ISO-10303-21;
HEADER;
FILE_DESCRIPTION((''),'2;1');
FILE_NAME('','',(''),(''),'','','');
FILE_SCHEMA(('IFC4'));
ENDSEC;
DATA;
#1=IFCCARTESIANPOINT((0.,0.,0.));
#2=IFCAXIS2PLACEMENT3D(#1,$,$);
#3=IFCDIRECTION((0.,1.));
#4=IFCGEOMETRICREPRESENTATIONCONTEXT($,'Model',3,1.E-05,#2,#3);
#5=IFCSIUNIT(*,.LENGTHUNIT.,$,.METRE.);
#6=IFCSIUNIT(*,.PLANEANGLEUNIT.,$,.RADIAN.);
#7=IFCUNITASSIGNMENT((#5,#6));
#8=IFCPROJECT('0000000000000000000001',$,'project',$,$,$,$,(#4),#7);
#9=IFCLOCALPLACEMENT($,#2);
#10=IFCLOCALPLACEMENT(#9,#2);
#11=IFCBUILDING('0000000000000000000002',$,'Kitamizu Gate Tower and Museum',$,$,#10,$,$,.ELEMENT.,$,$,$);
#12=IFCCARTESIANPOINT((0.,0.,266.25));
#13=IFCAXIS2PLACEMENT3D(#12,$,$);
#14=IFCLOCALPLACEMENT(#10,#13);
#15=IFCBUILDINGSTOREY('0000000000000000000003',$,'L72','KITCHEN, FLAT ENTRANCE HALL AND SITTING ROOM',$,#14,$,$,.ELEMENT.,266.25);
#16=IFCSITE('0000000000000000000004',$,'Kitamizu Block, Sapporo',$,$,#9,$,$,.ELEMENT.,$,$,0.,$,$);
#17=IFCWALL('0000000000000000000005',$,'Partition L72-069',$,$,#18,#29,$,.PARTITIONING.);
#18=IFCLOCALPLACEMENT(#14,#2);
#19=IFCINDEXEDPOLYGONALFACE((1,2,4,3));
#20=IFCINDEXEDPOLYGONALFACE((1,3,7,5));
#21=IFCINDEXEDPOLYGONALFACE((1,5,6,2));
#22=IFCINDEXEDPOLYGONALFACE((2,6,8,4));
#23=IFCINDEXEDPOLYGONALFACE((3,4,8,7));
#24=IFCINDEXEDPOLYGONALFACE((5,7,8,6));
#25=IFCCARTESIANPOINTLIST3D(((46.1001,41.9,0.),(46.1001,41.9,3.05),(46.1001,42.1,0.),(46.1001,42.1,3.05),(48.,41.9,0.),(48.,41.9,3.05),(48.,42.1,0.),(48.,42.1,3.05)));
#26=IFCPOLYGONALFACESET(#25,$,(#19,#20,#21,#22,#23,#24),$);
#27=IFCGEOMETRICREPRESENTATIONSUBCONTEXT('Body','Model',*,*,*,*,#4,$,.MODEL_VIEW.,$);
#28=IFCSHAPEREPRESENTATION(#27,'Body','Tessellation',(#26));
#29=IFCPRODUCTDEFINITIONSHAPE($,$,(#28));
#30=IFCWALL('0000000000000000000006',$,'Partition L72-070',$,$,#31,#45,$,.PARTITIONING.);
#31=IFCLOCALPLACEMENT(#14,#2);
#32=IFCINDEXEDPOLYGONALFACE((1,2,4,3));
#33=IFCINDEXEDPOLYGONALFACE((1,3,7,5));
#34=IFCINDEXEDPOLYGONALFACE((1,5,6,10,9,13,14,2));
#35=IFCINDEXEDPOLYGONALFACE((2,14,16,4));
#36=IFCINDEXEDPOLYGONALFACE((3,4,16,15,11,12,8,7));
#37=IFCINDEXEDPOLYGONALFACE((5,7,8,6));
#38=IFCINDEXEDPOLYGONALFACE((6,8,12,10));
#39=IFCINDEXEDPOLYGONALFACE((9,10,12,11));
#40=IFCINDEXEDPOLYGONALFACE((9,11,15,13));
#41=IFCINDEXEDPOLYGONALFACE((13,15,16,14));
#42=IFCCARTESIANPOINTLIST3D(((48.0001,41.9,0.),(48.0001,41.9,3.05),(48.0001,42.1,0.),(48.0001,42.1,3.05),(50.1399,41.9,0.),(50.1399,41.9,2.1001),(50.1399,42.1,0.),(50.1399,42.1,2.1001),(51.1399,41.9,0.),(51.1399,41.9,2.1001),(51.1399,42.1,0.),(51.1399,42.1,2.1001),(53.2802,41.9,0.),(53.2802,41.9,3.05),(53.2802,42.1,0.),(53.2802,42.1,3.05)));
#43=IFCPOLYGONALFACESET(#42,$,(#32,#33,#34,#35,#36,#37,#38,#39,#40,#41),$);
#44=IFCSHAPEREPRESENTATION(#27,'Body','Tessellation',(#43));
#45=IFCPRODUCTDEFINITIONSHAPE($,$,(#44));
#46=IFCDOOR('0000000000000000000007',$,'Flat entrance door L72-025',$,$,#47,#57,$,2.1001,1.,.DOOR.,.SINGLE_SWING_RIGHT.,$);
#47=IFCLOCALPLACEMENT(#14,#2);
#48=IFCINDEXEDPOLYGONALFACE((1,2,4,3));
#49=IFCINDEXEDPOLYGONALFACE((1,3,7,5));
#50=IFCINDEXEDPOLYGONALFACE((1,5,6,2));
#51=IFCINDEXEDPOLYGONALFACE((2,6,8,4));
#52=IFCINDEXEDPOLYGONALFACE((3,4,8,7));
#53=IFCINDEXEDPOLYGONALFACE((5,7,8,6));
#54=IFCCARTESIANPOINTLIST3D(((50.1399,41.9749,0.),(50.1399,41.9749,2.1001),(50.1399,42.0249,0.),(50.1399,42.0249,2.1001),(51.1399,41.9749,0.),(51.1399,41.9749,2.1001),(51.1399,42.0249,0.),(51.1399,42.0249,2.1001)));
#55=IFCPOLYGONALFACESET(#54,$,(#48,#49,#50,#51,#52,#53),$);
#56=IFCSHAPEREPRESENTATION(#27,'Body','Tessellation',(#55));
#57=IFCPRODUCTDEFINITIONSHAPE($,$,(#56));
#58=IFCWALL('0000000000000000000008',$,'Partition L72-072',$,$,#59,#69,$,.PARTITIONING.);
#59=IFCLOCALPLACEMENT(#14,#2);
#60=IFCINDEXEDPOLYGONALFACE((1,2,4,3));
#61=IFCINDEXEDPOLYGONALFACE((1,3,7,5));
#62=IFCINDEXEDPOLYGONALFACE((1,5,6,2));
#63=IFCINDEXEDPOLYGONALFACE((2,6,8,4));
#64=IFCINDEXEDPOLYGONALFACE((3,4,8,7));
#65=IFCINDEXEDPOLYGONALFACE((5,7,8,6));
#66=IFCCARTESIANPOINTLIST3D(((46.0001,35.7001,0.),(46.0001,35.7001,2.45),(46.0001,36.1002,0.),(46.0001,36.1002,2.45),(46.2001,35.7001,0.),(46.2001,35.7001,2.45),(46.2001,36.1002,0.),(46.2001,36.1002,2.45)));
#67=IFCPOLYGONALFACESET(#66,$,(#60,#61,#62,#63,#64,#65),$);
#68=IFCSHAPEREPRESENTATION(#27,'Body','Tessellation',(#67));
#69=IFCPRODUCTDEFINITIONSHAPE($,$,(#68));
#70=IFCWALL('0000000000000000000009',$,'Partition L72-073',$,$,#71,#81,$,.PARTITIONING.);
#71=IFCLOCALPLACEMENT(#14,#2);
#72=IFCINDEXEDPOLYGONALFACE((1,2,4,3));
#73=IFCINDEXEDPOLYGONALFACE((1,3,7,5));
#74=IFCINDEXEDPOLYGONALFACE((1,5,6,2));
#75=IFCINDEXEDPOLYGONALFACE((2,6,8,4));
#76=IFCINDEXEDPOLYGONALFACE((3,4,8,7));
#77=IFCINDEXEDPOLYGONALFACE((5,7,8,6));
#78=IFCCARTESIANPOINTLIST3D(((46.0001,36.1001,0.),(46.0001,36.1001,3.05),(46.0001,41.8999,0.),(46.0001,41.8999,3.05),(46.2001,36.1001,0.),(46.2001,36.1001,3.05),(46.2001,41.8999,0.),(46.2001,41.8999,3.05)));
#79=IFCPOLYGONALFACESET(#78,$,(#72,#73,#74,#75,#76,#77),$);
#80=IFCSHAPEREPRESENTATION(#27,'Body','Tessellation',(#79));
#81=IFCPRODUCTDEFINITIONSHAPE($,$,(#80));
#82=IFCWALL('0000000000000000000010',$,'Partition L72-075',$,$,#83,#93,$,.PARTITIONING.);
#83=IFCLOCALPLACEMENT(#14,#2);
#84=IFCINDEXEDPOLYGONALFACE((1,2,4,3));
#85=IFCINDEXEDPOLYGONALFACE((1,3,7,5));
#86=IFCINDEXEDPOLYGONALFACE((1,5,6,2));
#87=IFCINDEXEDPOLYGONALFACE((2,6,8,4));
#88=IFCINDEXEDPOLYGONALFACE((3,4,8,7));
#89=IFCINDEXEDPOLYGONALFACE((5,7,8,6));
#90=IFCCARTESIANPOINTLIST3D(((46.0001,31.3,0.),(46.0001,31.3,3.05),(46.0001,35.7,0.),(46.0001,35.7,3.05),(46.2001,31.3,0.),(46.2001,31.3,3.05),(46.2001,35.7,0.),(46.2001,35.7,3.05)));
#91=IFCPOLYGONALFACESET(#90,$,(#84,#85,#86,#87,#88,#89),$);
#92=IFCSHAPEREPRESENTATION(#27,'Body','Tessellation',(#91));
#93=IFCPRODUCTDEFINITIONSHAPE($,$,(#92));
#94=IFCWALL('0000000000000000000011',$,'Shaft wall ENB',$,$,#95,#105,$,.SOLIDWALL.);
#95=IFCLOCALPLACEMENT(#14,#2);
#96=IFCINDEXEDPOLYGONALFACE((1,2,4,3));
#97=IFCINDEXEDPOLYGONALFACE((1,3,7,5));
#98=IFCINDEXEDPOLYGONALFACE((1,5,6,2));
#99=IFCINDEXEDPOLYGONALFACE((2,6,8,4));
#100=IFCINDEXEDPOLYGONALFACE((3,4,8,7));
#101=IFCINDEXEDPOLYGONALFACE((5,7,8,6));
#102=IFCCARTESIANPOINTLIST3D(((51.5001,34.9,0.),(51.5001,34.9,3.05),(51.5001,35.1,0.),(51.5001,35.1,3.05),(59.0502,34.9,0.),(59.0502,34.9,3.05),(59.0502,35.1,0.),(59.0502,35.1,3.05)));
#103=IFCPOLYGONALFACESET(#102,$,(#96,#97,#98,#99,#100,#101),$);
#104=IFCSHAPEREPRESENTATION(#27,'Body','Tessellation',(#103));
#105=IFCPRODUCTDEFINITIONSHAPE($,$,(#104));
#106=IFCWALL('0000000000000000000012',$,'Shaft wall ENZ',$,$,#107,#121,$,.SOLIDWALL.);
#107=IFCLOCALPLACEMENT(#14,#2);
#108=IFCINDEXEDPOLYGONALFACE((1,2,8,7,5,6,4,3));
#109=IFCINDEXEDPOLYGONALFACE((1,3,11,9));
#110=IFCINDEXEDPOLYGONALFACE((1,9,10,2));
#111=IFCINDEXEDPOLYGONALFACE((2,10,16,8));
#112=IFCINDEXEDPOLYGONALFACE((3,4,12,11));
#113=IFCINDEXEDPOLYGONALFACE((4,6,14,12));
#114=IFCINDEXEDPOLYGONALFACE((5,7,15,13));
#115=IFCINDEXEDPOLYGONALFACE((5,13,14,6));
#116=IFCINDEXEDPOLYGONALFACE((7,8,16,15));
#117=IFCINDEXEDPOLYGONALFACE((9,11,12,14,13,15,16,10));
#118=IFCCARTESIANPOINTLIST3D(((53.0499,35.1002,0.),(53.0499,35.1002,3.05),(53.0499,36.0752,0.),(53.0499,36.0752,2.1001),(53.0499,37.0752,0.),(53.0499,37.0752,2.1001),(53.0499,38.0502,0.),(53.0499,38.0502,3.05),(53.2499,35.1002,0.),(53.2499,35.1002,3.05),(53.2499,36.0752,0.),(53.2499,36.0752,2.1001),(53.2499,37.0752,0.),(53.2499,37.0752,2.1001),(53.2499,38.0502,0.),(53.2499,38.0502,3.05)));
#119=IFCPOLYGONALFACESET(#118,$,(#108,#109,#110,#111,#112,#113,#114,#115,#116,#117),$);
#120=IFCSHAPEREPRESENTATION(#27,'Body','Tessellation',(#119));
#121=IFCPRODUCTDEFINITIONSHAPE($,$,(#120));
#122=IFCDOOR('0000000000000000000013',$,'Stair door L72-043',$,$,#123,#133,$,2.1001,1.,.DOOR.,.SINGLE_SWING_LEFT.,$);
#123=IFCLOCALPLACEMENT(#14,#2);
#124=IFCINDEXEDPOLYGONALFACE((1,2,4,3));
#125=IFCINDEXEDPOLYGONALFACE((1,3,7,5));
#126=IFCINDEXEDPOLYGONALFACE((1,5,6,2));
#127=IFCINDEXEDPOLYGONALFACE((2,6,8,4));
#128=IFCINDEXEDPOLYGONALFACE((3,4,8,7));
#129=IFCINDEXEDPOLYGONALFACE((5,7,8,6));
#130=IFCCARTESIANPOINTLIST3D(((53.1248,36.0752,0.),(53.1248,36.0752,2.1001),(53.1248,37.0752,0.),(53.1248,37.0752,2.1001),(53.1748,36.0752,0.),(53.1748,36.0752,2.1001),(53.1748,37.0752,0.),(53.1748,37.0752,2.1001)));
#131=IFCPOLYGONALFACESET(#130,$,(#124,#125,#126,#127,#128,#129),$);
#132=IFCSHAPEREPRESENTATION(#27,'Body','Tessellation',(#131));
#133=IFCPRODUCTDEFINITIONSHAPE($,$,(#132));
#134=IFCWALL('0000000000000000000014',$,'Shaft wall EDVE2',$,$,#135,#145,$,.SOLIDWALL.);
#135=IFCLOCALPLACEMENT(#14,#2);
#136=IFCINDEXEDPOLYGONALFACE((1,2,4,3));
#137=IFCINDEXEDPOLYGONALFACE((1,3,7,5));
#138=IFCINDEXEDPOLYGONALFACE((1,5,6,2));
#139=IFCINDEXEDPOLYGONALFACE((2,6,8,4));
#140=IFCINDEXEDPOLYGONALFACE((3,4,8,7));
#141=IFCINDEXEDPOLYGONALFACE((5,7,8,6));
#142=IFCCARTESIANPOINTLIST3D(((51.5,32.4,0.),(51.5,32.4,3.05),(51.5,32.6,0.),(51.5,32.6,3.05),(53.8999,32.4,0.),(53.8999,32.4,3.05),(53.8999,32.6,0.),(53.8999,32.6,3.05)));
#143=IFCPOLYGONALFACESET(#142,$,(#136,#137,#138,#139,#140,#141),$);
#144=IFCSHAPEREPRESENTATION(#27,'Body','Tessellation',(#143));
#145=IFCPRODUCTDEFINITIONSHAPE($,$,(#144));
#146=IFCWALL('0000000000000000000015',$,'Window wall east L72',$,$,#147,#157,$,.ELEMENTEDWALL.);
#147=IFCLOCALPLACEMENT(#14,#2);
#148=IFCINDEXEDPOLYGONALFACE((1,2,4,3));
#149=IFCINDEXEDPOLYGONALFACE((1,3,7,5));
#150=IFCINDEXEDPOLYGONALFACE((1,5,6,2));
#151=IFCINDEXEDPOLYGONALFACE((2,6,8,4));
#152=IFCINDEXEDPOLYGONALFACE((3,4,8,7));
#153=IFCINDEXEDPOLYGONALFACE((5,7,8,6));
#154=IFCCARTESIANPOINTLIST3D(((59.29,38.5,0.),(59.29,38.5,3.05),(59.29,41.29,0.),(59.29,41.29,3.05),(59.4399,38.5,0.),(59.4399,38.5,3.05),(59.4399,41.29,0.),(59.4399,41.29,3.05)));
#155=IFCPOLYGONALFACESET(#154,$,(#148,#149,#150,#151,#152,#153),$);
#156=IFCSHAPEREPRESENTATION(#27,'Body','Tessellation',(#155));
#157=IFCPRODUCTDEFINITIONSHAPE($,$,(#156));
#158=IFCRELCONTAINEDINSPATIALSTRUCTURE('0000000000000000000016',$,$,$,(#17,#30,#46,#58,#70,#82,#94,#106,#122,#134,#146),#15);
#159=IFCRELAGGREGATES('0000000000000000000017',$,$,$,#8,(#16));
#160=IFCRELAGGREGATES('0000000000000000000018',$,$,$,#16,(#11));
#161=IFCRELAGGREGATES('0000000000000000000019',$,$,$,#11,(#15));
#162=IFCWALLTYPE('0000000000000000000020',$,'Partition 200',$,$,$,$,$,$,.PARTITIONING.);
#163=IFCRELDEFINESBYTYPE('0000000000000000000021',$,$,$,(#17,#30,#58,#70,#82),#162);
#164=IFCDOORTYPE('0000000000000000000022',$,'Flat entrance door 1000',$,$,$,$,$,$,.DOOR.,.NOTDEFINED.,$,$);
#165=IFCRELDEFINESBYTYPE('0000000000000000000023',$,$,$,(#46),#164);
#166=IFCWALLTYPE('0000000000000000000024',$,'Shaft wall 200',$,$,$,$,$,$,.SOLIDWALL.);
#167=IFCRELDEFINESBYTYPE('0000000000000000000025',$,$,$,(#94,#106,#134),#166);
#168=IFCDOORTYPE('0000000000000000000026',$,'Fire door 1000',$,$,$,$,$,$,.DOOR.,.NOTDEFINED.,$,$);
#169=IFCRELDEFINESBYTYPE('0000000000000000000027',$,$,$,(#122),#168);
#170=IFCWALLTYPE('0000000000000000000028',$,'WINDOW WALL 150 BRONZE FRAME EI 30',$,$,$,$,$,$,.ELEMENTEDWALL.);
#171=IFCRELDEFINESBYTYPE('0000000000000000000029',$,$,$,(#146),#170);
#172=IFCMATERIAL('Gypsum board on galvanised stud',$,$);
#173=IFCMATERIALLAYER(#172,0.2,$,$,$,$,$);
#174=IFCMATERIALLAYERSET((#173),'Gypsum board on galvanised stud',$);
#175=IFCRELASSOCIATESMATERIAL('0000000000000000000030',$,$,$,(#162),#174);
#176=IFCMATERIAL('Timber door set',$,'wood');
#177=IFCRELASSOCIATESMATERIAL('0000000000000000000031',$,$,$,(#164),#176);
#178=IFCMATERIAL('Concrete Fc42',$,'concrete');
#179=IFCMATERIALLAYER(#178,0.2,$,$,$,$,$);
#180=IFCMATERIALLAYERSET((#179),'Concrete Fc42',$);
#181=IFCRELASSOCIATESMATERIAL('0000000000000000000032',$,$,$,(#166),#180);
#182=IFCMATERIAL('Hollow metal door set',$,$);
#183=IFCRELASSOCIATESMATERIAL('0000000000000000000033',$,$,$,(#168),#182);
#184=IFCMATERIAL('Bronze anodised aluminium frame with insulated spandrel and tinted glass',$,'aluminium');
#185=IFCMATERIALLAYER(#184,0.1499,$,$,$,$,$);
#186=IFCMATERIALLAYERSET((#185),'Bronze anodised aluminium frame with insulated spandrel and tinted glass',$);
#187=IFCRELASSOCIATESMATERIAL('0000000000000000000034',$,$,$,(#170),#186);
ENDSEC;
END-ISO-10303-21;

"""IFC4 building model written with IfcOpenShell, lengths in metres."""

from ifc_helpers import new_model, si_unit, direction, frame, frame_2d, origin, place, context, subcontext, project, spatial, rectangle, extrude, material, layer, layer_set, type_object, element, fill, save


model = new_model("IFC4")

# Units and contexts
model_context = context("Model", 3, precision=1e-05, world=origin(), true_north=direction((0.0, 1.0)))
body_context = subcontext(model_context, "Body", "Model", "MODEL_VIEW")
ifc_project = project(units=[si_unit("LENGTHUNIT", "METRE"), si_unit("PLANEANGLEUNIT", "RADIAN")], contexts=[model_context])

# Site, building, storey
site_placement = place(None, origin())
site = spatial("IfcSite", under=ifc_project, at=site_placement, Name="Kitamizu Block, Sapporo", CompositionType="ELEMENT", RefElevation=0.0)
building_placement = place(site_placement, origin())
building = spatial("IfcBuilding", under=site, at=building_placement, Name="Kitamizu Gate Tower and Museum", CompositionType="ELEMENT")
storey_placement = place(building_placement, frame((0.0, 0.0, 266.25)))
storey = spatial("IfcBuildingStorey", under=building, at=storey_placement, Name="L72", Description="KITCHEN, FLAT ENTRANCE HALL AND SITTING ROOM", CompositionType="ELEMENT", Elevation=266.25)

# Wall
ifc_material_1 = material(Name="Gypsum board on galvanised stud")
ifc_layer_1 = layer(ifc_material_1, 0.2)
ifc_layer_set_1 = layer_set([ifc_layer_1], Name="Gypsum board on galvanised stud")
wall_type_1 = type_object("IfcWallType", Name="Partition 200", PredefinedType="PARTITIONING", material=ifc_layer_set_1)
wall_1_placement = place(storey_placement, frame((46.1001, 42.0, 0.0), z_axis=(0.0, 0.0, 1.0), x_axis=(1.0, 0.0, 0.0)))
element("IfcWall", 1, at=wall_1_placement, inside=storey, type_object=wall_type_1, Name="Partition L72-069", PredefinedType="PARTITIONING", context=body_context, shape_type="SweptSolid", body=[
    extrude(rectangle(XDim=1.8999, YDim=0.2, at=frame_2d((0.95, 0.0))), origin(), (0.0, 0.0, 1.0), 3.05),
])

# Wall, opening, door
wall_2_placement = place(storey_placement, frame((48.0, 42.0, 0.0), z_axis=(0.0, 0.0, 1.0), x_axis=(1.0, 0.0, 0.0)))
wall_2 = element("IfcWall", 2, at=wall_2_placement, inside=storey, type_object=wall_type_1, Name="Partition L72-070", PredefinedType="PARTITIONING", context=body_context, shape_type="SweptSolid", body=[
    extrude(rectangle(XDim=5.28, YDim=0.2, at=frame_2d((2.6401, 0.0))), origin(), (0.0, 0.0, 1.0), 3.05),
])
opening_1_placement = place(wall_2_placement, frame((2.1399, 0.0, 0.0)))
opening_1 = element("IfcOpeningElement", 3, at=opening_1_placement, cuts=wall_2, PredefinedType="OPENING", context=body_context, shape_type="SweptSolid", body=[
    extrude(rectangle(XDim=1.0, YDim=2.1001, at=frame_2d((0.5, 1.05))), frame((0.0, 0.1099, 0.0), z_axis=(0.0, -1.0, 0.0), x_axis=(1.0, 0.0, 0.0)), (0.0, 0.0, 1.0), 0.22),
])
ifc_material_2 = material(Name="Timber door set", Category="wood")
door_type_1 = type_object("IfcDoorType", Name="Flat entrance door 1000", OperationType="NOTDEFINED", PredefinedType="DOOR", material=ifc_material_2)
door_1_placement = place(opening_1_placement, origin())
door_1 = element("IfcDoor", 4, at=door_1_placement, inside=storey, type_object=door_type_1, Name="Flat entrance door L72-025", OperationType="SINGLE_SWING_RIGHT", OverallHeight=2.1001, OverallWidth=1.0, PredefinedType="DOOR", context=body_context, shape_type="SweptSolid", body=[
    extrude(rectangle(XDim=1.0, YDim=2.1001, at=frame_2d((0.5, 1.05))), frame((0.0, 0.0249, 0.0), z_axis=(0.0, -1.0, 0.0), x_axis=(1.0, 0.0, 0.0)), (0.0, 0.0, 1.0), 0.05),
])
fill(opening_1, door_1)

# Walls
wall_3_placement = place(storey_placement, frame((46.1001, 35.7, 0.0), z_axis=(0.0, 0.0, 1.0), x_axis=(0.0, 1.0, 0.0)))
element("IfcWall", 5, at=wall_3_placement, inside=storey, type_object=wall_type_1, Name="Partition L72-072", PredefinedType="PARTITIONING", context=body_context, shape_type="SweptSolid", body=[
    extrude(rectangle(XDim=0.4001, YDim=0.2, at=frame_2d((0.2002, 0.0))), origin(), (0.0, 0.0, 1.0), 2.45),
])
wall_4_placement = place(storey_placement, frame((46.1001, 36.1001, 0.0), z_axis=(0.0, 0.0, 1.0), x_axis=(0.0, 1.0, 0.0)))
element("IfcWall", 6, at=wall_4_placement, inside=storey, type_object=wall_type_1, Name="Partition L72-073", PredefinedType="PARTITIONING", context=body_context, shape_type="SweptSolid", body=[
    extrude(rectangle(XDim=5.7998, YDim=0.2, at=frame_2d((2.8999, 0.0))), origin(), (0.0, 0.0, 1.0), 3.05),
])
wall_5_placement = place(storey_placement, frame((46.1001, 31.3, 0.0), z_axis=(0.0, 0.0, 1.0), x_axis=(0.0, 1.0, 0.0)))
element("IfcWall", 7, at=wall_5_placement, inside=storey, type_object=wall_type_1, Name="Partition L72-075", PredefinedType="PARTITIONING", context=body_context, shape_type="SweptSolid", body=[
    extrude(rectangle(XDim=4.3999, YDim=0.2, at=frame_2d((2.2, 0.0))), origin(), (0.0, 0.0, 1.0), 3.05),
])
ifc_material_3 = material(Name="Concrete Fc42", Category="concrete")
ifc_layer_2 = layer(ifc_material_3, 0.2)
ifc_layer_set_2 = layer_set([ifc_layer_2], Name="Concrete Fc42")
wall_type_2 = type_object("IfcWallType", Name="Shaft wall 200", PredefinedType="SOLIDWALL", material=ifc_layer_set_2)
wall_6_placement = place(storey_placement, frame((59.05, 35.0, 0.0), z_axis=(0.0, 0.0, 1.0), x_axis=(-1.0, 0.0, 0.0)))
element("IfcWall", 8, at=wall_6_placement, inside=storey, type_object=wall_type_2, Name="Shaft wall ENB", PredefinedType="SOLIDWALL", context=body_context, shape_type="SweptSolid", body=[
    extrude(rectangle(XDim=7.55, YDim=0.2, at=frame_2d((3.7749, 0.0))), origin(), (0.0, 0.0, 1.0), 3.05),
])

# Wall, opening, door
wall_7_placement = place(storey_placement, frame((53.1499, 35.1001, 0.0), z_axis=(0.0, 0.0, 1.0), x_axis=(0.0, 1.0, 0.0)))
wall_7 = element("IfcWall", 9, at=wall_7_placement, inside=storey, type_object=wall_type_2, Name="Shaft wall ENZ", PredefinedType="SOLIDWALL", context=body_context, shape_type="SweptSolid", body=[
    extrude(rectangle(XDim=2.95, YDim=0.2, at=frame_2d((1.4751, 0.0))), origin(), (0.0, 0.0, 1.0), 3.05),
])
opening_2_placement = place(wall_7_placement, frame((0.9751, 0.0, 0.0)))
opening_2 = element("IfcOpeningElement", 10, at=opening_2_placement, cuts=wall_7, PredefinedType="OPENING", context=body_context, shape_type="SweptSolid", body=[
    extrude(rectangle(XDim=1.0, YDim=2.1001, at=frame_2d((0.5, 1.05))), frame((0.0, 0.1099, 0.0), z_axis=(0.0, -1.0, 0.0), x_axis=(1.0, 0.0, 0.0)), (0.0, 0.0, 1.0), 0.22),
])
ifc_material_4 = material(Name="Hollow metal door set")
door_type_2 = type_object("IfcDoorType", Name="Fire door 1000", OperationType="NOTDEFINED", PredefinedType="DOOR", material=ifc_material_4)
door_2_placement = place(opening_2_placement, frame((1.0, 0.0, 0.0), x_axis=(-1.0, 0.0, 0.0)))
door_2 = element("IfcDoor", 11, at=door_2_placement, inside=storey, type_object=door_type_2, Name="Stair door L72-043", OperationType="SINGLE_SWING_LEFT", OverallHeight=2.1001, OverallWidth=1.0, PredefinedType="DOOR", context=body_context, shape_type="SweptSolid", body=[
    extrude(rectangle(XDim=1.0, YDim=2.1001, at=frame_2d((0.5, 1.05))), frame((0.0, 0.0249, 0.0), z_axis=(0.0, -1.0, 0.0), x_axis=(1.0, 0.0, 0.0)), (0.0, 0.0, 1.0), 0.05),
])
fill(opening_2, door_2)

# Walls
wall_8_placement = place(storey_placement, frame((53.8999, 32.5, 0.0), z_axis=(0.0, 0.0, 1.0), x_axis=(-1.0, 0.0, 0.0)))
element("IfcWall", 12, at=wall_8_placement, inside=storey, type_object=wall_type_2, Name="Shaft wall EDVE2", PredefinedType="SOLIDWALL", context=body_context, shape_type="SweptSolid", body=[
    extrude(rectangle(XDim=2.3999, YDim=0.2, at=frame_2d((1.2, 0.0))), origin(), (0.0, 0.0, 1.0), 3.05),
])
ifc_material_5 = material(Name="Bronze anodised aluminium frame with insulated spandrel and tinted glass", Category="aluminium")
ifc_layer_3 = layer(ifc_material_5, 0.1499)
ifc_layer_set_3 = layer_set([ifc_layer_3], Name="Bronze anodised aluminium frame with insulated spandrel and tinted glass")
wall_type_3 = type_object("IfcWallType", Name="WINDOW WALL 150 BRONZE FRAME EI 30", PredefinedType="ELEMENTEDWALL", material=ifc_layer_set_3)
wall_9_placement = place(storey_placement, frame((59.365, 38.5, 0.0), z_axis=(0.0, 0.0, 1.0), x_axis=(0.0, 1.0, 0.0)))
element("IfcWall", 13, at=wall_9_placement, inside=storey, type_object=wall_type_3, Name="Window wall east L72", PredefinedType="ELEMENTEDWALL", context=body_context, shape_type="SweptSolid", body=[
    extrude(rectangle(XDim=2.79, YDim=0.1499, at=frame_2d((1.395, 0.0))), origin(), (0.0, 0.0, 1.0), 3.05),
])

save(model, "model.ifc")
